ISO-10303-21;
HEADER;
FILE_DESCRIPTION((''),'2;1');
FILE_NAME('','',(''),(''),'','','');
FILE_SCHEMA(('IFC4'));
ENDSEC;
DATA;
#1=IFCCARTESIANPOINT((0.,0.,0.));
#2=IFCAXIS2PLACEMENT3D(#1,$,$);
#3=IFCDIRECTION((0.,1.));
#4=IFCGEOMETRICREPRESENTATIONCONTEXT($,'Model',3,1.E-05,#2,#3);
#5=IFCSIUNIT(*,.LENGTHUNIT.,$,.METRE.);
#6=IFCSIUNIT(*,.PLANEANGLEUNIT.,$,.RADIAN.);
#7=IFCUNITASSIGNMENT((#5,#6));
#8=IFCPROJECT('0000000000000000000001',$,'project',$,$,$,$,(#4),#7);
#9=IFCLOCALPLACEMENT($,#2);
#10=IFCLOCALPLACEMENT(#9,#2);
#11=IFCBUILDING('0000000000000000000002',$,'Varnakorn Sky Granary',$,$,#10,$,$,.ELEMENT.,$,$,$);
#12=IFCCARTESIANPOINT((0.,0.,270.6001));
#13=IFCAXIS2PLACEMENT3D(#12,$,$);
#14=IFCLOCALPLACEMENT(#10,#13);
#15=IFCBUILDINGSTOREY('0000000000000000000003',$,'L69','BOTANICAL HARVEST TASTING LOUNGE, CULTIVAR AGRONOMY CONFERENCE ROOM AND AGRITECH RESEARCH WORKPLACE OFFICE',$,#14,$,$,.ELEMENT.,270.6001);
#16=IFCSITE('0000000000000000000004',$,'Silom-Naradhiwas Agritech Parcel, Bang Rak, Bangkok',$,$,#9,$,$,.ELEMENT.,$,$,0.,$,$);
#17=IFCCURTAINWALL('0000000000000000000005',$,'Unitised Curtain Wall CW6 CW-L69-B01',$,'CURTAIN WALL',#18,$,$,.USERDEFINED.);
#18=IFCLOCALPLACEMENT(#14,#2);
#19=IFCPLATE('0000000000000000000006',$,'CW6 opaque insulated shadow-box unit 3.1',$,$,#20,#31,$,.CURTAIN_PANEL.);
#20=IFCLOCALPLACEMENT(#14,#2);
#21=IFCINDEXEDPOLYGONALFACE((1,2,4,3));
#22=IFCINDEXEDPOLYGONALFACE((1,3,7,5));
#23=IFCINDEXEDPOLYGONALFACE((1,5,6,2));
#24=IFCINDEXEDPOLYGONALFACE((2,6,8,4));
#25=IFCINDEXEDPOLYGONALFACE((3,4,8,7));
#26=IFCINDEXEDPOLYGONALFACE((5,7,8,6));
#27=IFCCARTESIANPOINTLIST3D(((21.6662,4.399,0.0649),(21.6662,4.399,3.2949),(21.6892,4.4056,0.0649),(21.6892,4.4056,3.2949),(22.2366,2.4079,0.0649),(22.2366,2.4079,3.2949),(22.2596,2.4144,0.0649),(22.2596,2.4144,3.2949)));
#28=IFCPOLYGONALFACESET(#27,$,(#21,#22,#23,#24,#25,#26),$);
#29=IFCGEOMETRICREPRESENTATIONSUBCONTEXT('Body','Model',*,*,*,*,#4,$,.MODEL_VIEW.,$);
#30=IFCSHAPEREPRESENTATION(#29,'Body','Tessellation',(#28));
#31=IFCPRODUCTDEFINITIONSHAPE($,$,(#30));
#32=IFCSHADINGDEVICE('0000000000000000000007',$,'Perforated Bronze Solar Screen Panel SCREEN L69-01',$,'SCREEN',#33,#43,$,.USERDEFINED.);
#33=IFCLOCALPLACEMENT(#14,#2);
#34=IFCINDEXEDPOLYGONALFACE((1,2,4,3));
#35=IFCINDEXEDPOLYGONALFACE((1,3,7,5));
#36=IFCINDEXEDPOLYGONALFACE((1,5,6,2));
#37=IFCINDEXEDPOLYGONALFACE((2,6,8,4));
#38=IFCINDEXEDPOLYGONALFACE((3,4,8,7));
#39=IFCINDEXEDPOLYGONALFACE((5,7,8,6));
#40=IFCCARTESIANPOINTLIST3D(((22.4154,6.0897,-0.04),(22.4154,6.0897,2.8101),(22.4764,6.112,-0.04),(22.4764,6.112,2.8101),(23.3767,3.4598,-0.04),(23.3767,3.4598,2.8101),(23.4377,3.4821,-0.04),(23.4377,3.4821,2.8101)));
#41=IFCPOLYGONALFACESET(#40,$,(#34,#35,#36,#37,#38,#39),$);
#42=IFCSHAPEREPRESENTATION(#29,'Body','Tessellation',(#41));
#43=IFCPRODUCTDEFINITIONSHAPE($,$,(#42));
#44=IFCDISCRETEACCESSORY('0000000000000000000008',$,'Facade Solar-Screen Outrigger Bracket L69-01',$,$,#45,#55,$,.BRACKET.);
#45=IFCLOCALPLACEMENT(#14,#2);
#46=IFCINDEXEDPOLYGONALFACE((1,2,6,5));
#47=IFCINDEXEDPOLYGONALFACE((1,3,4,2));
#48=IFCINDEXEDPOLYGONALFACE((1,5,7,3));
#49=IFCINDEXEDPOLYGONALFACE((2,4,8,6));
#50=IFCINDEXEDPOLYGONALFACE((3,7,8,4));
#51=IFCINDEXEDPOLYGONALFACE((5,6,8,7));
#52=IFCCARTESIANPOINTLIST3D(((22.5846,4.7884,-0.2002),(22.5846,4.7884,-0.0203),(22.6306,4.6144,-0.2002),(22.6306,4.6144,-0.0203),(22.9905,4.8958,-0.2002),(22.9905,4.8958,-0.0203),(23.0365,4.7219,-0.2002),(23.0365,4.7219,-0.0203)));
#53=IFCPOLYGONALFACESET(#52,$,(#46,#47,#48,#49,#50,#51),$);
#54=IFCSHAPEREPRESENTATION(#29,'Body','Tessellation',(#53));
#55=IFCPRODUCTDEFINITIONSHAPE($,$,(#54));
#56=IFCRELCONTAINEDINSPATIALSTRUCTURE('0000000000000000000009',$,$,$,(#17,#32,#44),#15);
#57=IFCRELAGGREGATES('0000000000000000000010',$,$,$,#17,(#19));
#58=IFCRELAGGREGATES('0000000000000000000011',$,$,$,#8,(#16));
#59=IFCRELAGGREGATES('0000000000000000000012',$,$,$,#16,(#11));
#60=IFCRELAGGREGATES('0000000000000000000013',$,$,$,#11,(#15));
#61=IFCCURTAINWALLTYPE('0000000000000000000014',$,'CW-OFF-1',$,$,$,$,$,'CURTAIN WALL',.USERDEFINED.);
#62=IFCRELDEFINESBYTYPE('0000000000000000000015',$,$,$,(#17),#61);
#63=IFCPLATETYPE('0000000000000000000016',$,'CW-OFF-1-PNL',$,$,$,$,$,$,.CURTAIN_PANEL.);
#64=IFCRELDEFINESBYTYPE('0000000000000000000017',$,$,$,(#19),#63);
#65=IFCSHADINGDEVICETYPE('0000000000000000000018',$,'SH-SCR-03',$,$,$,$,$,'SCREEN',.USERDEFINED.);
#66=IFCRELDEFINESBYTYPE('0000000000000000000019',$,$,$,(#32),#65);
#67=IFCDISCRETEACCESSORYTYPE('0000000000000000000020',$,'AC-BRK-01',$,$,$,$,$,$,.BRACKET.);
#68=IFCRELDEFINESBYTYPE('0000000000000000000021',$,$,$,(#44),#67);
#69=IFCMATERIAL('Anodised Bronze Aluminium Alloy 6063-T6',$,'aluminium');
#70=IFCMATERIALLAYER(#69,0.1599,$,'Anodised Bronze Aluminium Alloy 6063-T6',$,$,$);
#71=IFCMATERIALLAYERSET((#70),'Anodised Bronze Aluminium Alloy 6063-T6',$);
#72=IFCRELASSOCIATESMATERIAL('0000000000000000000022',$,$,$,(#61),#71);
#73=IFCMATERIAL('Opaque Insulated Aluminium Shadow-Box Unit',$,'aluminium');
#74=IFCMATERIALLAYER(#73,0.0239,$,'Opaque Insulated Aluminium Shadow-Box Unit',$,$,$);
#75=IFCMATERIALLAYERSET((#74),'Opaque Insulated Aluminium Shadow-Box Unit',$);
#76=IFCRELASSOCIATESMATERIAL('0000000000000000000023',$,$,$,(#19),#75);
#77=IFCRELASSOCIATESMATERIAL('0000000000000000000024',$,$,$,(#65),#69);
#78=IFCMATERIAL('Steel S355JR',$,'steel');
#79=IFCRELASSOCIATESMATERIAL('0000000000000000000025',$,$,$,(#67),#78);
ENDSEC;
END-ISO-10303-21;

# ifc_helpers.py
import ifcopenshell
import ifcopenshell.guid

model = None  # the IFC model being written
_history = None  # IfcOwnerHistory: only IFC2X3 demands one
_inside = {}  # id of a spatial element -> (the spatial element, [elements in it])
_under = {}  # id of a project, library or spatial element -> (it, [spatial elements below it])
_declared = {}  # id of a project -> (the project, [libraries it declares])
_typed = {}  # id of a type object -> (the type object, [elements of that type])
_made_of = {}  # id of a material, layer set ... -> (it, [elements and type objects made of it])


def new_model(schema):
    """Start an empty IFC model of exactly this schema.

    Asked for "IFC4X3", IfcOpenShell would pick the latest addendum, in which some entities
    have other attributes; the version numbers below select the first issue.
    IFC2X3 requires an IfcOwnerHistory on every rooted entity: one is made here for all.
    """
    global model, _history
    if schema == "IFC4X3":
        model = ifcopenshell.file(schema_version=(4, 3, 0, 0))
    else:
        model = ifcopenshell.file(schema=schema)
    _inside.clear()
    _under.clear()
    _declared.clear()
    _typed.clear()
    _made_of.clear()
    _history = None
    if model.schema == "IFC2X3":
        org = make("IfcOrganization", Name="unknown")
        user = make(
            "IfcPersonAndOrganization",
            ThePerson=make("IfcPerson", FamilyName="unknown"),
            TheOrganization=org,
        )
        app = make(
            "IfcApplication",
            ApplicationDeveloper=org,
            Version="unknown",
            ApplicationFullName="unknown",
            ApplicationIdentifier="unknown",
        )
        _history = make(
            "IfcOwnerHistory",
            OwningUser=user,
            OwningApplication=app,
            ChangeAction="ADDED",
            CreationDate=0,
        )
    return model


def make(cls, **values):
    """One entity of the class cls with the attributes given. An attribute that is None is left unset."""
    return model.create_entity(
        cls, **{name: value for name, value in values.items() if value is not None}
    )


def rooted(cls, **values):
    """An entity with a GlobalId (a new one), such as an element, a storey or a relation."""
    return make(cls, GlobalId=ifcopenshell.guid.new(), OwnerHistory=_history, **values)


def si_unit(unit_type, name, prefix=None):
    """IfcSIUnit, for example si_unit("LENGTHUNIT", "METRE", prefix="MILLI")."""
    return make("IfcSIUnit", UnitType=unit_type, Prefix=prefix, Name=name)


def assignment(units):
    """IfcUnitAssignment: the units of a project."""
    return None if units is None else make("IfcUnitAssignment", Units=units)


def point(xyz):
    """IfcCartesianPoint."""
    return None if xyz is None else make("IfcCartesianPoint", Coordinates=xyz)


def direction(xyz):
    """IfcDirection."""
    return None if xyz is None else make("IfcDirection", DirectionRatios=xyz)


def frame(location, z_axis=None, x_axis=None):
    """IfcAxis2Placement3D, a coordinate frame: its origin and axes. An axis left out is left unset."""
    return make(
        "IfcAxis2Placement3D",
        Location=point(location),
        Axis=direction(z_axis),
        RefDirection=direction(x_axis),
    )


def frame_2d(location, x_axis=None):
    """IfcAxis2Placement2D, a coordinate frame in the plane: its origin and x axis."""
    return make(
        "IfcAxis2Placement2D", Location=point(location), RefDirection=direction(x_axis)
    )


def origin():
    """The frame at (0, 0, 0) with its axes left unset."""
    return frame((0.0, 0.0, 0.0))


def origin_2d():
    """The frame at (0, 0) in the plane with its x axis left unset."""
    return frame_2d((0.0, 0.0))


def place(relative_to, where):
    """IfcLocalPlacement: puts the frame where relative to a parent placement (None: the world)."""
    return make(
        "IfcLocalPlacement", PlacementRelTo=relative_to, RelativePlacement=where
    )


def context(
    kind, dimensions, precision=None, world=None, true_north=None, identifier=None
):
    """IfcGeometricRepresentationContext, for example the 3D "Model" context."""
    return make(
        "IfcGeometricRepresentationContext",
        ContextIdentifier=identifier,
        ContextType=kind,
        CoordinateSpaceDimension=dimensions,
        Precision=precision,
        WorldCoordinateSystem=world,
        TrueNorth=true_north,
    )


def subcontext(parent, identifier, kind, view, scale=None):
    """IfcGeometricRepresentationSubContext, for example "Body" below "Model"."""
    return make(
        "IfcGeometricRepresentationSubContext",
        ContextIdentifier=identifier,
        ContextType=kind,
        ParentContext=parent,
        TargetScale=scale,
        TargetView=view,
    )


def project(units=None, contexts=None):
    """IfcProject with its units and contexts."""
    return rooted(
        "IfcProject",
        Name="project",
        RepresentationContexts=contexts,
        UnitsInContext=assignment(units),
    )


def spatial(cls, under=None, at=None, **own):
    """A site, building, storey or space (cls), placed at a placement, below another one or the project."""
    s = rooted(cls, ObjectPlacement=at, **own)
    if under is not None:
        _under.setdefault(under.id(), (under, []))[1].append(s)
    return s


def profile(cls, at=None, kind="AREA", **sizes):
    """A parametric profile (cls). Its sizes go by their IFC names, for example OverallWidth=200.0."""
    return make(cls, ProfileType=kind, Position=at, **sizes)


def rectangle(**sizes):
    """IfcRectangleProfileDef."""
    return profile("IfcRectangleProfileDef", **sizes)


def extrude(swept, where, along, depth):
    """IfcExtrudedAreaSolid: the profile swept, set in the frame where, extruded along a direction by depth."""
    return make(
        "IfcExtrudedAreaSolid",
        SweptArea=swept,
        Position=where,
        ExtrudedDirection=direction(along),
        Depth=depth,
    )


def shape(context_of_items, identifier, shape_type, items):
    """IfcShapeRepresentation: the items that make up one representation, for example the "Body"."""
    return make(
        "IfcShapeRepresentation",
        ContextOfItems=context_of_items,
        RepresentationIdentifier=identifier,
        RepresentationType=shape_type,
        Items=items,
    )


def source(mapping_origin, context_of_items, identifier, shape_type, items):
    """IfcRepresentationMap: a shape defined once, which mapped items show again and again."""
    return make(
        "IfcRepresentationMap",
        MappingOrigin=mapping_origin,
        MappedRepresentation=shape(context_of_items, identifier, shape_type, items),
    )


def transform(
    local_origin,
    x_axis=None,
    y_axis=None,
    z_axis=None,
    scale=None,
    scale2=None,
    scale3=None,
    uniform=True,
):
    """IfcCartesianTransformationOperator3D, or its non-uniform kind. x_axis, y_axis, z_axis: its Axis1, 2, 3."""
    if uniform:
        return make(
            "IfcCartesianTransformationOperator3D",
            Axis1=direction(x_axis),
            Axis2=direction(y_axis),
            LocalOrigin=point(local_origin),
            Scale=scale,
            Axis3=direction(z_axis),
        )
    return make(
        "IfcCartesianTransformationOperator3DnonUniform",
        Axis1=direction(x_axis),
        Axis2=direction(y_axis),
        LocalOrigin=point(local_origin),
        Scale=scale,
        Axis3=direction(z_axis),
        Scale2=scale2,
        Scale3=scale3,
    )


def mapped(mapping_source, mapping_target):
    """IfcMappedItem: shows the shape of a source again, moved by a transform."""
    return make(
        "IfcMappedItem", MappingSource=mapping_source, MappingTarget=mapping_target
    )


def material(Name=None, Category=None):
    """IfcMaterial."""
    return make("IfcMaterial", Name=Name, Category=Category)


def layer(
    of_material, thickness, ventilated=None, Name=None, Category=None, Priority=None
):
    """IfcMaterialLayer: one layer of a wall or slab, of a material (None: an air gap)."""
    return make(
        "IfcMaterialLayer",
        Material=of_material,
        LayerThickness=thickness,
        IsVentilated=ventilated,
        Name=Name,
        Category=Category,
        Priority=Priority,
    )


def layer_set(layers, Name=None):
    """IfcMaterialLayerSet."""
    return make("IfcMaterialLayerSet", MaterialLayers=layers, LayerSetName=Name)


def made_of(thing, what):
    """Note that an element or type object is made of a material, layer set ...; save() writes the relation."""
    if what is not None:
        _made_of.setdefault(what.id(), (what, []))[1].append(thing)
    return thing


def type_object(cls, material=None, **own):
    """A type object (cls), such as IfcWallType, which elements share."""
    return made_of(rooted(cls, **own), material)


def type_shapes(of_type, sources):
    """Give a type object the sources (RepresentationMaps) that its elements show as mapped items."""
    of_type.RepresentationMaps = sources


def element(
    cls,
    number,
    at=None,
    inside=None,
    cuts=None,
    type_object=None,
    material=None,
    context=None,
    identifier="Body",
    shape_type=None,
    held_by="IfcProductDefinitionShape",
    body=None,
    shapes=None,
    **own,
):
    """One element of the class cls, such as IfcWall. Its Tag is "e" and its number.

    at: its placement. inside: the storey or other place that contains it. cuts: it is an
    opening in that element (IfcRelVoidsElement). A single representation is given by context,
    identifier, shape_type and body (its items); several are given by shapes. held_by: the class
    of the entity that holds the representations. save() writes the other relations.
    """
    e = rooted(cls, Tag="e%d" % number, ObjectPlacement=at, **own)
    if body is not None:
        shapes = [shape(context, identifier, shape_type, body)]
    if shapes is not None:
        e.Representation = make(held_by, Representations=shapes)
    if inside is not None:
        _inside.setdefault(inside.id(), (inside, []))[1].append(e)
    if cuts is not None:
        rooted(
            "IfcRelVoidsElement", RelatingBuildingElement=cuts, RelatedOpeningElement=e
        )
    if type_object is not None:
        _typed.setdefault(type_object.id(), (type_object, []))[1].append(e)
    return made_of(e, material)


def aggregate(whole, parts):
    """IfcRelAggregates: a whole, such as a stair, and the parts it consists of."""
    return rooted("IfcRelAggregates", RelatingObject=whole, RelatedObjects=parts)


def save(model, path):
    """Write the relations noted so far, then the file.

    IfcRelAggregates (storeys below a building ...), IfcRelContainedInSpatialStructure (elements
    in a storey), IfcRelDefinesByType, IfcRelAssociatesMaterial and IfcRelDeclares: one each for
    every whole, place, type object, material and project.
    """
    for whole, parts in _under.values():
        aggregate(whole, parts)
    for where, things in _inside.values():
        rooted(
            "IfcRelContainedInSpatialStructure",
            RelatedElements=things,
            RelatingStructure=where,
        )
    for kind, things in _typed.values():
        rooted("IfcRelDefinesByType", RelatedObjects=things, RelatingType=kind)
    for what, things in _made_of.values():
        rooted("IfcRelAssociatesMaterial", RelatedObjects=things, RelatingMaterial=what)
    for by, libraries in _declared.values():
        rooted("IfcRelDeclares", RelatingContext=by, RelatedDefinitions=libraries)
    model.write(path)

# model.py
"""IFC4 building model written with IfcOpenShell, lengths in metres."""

from ifc_helpers import new_model, si_unit, direction, frame, origin, origin_2d, place, context, subcontext, project, spatial, rectangle, extrude, source, transform, mapped, material, layer, layer_set, type_object, type_shapes, element, aggregate, save


model = new_model("IFC4")

# Units and contexts
model_context = context("Model", 3, precision=1e-05, world=origin(), true_north=direction((0.0, 1.0)))
body_context = subcontext(model_context, "Body", "Model", "MODEL_VIEW")
ifc_project = project(units=[si_unit("LENGTHUNIT", "METRE"), si_unit("PLANEANGLEUNIT", "RADIAN")], contexts=[model_context])

# Site, building, storey
site_placement = place(None, origin())
site = spatial("IfcSite", under=ifc_project, at=site_placement, Name="Silom-Naradhiwas Agritech Parcel, Bang Rak, Bangkok", CompositionType="ELEMENT", RefElevation=0.0)
building_placement = place(site_placement, origin())
building = spatial("IfcBuilding", under=site, at=building_placement, Name="Varnakorn Sky Granary", CompositionType="ELEMENT")
storey_placement = place(building_placement, frame((0.0, 0.0, 270.6001)))
storey = spatial("IfcBuildingStorey", under=building, at=storey_placement, Name="L69", Description="BOTANICAL HARVEST TASTING LOUNGE, CULTIVAR AGRONOMY CONFERENCE ROOM AND AGRITECH RESEARCH WORKPLACE OFFICE", CompositionType="ELEMENT", Elevation=270.6001)

# Shared definitions
ifc_material_1 = material(Name="Steel S355JR", Category="steel")

# Curtain wall
ifc_material_2 = material(Name="Anodised Bronze Aluminium Alloy 6063-T6", Category="aluminium")
ifc_layer_1 = layer(ifc_material_2, 0.1599, Name="Anodised Bronze Aluminium Alloy 6063-T6")
ifc_layer_set_1 = layer_set([ifc_layer_1], Name="Anodised Bronze Aluminium Alloy 6063-T6")
curtain_wall_type = type_object("IfcCurtainWallType", Name="CW-OFF-1", ElementType="CURTAIN WALL", PredefinedType="USERDEFINED", material=ifc_layer_set_1)
curtain_wall_1_placement = place(storey_placement, origin())
curtain_wall_1 = element("IfcCurtainWall", 1, at=curtain_wall_1_placement, inside=storey, type_object=curtain_wall_type, Name="Unitised Curtain Wall CW6 CW-L69-B01", ObjectType="CURTAIN WALL", PredefinedType="USERDEFINED")

# Plate
plate_type = type_object("IfcPlateType", Name="CW-OFF-1-PNL", PredefinedType="CURTAIN_PANEL")
ifc_material_3 = material(Name="Opaque Insulated Aluminium Shadow-Box Unit", Category="aluminium")
ifc_layer_2 = layer(ifc_material_3, 0.0239, Name="Opaque Insulated Aluminium Shadow-Box Unit")
ifc_layer_set_2 = layer_set([ifc_layer_2], Name="Opaque Insulated Aluminium Shadow-Box Unit")
shared_shape_1 = source(origin(), body_context, "Body", "SweptSolid", [
    extrude(rectangle(XDim=2.0713, YDim=0.0239, at=origin_2d()), origin(), (0.0, 0.0, 1.0), 3.23),
])
plate_1_placement = place(storey_placement, frame((21.9629, 3.4067, 0.0649), z_axis=(0.0, 0.0, 1.0), x_axis=(0.275423, -0.961323, 0.0)))
plate_1 = element("IfcPlate", 2, at=plate_1_placement, type_object=plate_type, material=ifc_layer_set_2, Name="CW6 opaque insulated shadow-box unit 3.1", PredefinedType="CURTAIN_PANEL", context=body_context, shape_type="MappedRepresentation", body=[
    mapped(shared_shape_1, transform((0.0, 0.0, 0.0), x_axis=(1.0, 0.0, 0.0), y_axis=(0.0, 1.0, 0.0), z_axis=(0.0, 0.0, 1.0), scale=1.0)),
])
aggregate(curtain_wall_1, [plate_1])

# Shading device
shading_device_type = type_object("IfcShadingDeviceType", Name="SH-SCR-03", ElementType="SCREEN", PredefinedType="USERDEFINED", material=ifc_material_2)
shared_shape_2 = source(origin(), body_context, "Body", "SweptSolid", [
    extrude(rectangle(XDim=2.8, YDim=0.0649, at=origin_2d()), origin(), (0.0, 0.0, 1.0), 2.8501),
])
type_shapes(shading_device_type, [shared_shape_2])
shading_device_placement = place(storey_placement, frame((22.9265, 4.7859, -0.04), z_axis=(0.0, 0.0, 1.0), x_axis=(-0.343321, 0.939218, 0.0)))
element("IfcShadingDevice", 3, at=shading_device_placement, inside=storey, type_object=shading_device_type, Name="Perforated Bronze Solar Screen Panel SCREEN L69-01", ObjectType="SCREEN", PredefinedType="USERDEFINED", context=body_context, shape_type="MappedRepresentation", body=[
    mapped(shared_shape_2, transform((0.0, 0.0, 0.0), x_axis=(1.0, 0.0, 0.0), y_axis=(0.0, 1.0, 0.0), z_axis=(0.0, 0.0, 1.0), scale=1.0)),
])

# Discrete accessory
discrete_accessory_type = type_object("IfcDiscreteAccessoryType", Name="AC-BRK-01", PredefinedType="BRACKET", material=ifc_material_1)
shared_shape_3 = source(origin(), body_context, "Body", "SweptSolid", [
    extrude(rectangle(XDim=0.1799, YDim=0.4199, at=origin_2d()), origin(), (0.0, 0.0, 1.0), 0.1799),
])
type_shapes(discrete_accessory_type, [shared_shape_3])
discrete_accessory_placement = place(storey_placement, frame((22.8105, 4.7551, -0.2002), z_axis=(0.0, 0.0, 1.0), x_axis=(-0.255941, 0.966692, 0.0)))
element("IfcDiscreteAccessory", 4, at=discrete_accessory_placement, inside=storey, type_object=discrete_accessory_type, Name="Facade Solar-Screen Outrigger Bracket L69-01", PredefinedType="BRACKET", context=body_context, shape_type="MappedRepresentation", body=[
    mapped(shared_shape_3, transform((0.0, 0.0, 0.0), x_axis=(1.0, 0.0, 0.0), y_axis=(0.0, 1.0, 0.0), z_axis=(0.0, 0.0, 1.0), scale=1.0)),
])

save(model, "model.ifc")
